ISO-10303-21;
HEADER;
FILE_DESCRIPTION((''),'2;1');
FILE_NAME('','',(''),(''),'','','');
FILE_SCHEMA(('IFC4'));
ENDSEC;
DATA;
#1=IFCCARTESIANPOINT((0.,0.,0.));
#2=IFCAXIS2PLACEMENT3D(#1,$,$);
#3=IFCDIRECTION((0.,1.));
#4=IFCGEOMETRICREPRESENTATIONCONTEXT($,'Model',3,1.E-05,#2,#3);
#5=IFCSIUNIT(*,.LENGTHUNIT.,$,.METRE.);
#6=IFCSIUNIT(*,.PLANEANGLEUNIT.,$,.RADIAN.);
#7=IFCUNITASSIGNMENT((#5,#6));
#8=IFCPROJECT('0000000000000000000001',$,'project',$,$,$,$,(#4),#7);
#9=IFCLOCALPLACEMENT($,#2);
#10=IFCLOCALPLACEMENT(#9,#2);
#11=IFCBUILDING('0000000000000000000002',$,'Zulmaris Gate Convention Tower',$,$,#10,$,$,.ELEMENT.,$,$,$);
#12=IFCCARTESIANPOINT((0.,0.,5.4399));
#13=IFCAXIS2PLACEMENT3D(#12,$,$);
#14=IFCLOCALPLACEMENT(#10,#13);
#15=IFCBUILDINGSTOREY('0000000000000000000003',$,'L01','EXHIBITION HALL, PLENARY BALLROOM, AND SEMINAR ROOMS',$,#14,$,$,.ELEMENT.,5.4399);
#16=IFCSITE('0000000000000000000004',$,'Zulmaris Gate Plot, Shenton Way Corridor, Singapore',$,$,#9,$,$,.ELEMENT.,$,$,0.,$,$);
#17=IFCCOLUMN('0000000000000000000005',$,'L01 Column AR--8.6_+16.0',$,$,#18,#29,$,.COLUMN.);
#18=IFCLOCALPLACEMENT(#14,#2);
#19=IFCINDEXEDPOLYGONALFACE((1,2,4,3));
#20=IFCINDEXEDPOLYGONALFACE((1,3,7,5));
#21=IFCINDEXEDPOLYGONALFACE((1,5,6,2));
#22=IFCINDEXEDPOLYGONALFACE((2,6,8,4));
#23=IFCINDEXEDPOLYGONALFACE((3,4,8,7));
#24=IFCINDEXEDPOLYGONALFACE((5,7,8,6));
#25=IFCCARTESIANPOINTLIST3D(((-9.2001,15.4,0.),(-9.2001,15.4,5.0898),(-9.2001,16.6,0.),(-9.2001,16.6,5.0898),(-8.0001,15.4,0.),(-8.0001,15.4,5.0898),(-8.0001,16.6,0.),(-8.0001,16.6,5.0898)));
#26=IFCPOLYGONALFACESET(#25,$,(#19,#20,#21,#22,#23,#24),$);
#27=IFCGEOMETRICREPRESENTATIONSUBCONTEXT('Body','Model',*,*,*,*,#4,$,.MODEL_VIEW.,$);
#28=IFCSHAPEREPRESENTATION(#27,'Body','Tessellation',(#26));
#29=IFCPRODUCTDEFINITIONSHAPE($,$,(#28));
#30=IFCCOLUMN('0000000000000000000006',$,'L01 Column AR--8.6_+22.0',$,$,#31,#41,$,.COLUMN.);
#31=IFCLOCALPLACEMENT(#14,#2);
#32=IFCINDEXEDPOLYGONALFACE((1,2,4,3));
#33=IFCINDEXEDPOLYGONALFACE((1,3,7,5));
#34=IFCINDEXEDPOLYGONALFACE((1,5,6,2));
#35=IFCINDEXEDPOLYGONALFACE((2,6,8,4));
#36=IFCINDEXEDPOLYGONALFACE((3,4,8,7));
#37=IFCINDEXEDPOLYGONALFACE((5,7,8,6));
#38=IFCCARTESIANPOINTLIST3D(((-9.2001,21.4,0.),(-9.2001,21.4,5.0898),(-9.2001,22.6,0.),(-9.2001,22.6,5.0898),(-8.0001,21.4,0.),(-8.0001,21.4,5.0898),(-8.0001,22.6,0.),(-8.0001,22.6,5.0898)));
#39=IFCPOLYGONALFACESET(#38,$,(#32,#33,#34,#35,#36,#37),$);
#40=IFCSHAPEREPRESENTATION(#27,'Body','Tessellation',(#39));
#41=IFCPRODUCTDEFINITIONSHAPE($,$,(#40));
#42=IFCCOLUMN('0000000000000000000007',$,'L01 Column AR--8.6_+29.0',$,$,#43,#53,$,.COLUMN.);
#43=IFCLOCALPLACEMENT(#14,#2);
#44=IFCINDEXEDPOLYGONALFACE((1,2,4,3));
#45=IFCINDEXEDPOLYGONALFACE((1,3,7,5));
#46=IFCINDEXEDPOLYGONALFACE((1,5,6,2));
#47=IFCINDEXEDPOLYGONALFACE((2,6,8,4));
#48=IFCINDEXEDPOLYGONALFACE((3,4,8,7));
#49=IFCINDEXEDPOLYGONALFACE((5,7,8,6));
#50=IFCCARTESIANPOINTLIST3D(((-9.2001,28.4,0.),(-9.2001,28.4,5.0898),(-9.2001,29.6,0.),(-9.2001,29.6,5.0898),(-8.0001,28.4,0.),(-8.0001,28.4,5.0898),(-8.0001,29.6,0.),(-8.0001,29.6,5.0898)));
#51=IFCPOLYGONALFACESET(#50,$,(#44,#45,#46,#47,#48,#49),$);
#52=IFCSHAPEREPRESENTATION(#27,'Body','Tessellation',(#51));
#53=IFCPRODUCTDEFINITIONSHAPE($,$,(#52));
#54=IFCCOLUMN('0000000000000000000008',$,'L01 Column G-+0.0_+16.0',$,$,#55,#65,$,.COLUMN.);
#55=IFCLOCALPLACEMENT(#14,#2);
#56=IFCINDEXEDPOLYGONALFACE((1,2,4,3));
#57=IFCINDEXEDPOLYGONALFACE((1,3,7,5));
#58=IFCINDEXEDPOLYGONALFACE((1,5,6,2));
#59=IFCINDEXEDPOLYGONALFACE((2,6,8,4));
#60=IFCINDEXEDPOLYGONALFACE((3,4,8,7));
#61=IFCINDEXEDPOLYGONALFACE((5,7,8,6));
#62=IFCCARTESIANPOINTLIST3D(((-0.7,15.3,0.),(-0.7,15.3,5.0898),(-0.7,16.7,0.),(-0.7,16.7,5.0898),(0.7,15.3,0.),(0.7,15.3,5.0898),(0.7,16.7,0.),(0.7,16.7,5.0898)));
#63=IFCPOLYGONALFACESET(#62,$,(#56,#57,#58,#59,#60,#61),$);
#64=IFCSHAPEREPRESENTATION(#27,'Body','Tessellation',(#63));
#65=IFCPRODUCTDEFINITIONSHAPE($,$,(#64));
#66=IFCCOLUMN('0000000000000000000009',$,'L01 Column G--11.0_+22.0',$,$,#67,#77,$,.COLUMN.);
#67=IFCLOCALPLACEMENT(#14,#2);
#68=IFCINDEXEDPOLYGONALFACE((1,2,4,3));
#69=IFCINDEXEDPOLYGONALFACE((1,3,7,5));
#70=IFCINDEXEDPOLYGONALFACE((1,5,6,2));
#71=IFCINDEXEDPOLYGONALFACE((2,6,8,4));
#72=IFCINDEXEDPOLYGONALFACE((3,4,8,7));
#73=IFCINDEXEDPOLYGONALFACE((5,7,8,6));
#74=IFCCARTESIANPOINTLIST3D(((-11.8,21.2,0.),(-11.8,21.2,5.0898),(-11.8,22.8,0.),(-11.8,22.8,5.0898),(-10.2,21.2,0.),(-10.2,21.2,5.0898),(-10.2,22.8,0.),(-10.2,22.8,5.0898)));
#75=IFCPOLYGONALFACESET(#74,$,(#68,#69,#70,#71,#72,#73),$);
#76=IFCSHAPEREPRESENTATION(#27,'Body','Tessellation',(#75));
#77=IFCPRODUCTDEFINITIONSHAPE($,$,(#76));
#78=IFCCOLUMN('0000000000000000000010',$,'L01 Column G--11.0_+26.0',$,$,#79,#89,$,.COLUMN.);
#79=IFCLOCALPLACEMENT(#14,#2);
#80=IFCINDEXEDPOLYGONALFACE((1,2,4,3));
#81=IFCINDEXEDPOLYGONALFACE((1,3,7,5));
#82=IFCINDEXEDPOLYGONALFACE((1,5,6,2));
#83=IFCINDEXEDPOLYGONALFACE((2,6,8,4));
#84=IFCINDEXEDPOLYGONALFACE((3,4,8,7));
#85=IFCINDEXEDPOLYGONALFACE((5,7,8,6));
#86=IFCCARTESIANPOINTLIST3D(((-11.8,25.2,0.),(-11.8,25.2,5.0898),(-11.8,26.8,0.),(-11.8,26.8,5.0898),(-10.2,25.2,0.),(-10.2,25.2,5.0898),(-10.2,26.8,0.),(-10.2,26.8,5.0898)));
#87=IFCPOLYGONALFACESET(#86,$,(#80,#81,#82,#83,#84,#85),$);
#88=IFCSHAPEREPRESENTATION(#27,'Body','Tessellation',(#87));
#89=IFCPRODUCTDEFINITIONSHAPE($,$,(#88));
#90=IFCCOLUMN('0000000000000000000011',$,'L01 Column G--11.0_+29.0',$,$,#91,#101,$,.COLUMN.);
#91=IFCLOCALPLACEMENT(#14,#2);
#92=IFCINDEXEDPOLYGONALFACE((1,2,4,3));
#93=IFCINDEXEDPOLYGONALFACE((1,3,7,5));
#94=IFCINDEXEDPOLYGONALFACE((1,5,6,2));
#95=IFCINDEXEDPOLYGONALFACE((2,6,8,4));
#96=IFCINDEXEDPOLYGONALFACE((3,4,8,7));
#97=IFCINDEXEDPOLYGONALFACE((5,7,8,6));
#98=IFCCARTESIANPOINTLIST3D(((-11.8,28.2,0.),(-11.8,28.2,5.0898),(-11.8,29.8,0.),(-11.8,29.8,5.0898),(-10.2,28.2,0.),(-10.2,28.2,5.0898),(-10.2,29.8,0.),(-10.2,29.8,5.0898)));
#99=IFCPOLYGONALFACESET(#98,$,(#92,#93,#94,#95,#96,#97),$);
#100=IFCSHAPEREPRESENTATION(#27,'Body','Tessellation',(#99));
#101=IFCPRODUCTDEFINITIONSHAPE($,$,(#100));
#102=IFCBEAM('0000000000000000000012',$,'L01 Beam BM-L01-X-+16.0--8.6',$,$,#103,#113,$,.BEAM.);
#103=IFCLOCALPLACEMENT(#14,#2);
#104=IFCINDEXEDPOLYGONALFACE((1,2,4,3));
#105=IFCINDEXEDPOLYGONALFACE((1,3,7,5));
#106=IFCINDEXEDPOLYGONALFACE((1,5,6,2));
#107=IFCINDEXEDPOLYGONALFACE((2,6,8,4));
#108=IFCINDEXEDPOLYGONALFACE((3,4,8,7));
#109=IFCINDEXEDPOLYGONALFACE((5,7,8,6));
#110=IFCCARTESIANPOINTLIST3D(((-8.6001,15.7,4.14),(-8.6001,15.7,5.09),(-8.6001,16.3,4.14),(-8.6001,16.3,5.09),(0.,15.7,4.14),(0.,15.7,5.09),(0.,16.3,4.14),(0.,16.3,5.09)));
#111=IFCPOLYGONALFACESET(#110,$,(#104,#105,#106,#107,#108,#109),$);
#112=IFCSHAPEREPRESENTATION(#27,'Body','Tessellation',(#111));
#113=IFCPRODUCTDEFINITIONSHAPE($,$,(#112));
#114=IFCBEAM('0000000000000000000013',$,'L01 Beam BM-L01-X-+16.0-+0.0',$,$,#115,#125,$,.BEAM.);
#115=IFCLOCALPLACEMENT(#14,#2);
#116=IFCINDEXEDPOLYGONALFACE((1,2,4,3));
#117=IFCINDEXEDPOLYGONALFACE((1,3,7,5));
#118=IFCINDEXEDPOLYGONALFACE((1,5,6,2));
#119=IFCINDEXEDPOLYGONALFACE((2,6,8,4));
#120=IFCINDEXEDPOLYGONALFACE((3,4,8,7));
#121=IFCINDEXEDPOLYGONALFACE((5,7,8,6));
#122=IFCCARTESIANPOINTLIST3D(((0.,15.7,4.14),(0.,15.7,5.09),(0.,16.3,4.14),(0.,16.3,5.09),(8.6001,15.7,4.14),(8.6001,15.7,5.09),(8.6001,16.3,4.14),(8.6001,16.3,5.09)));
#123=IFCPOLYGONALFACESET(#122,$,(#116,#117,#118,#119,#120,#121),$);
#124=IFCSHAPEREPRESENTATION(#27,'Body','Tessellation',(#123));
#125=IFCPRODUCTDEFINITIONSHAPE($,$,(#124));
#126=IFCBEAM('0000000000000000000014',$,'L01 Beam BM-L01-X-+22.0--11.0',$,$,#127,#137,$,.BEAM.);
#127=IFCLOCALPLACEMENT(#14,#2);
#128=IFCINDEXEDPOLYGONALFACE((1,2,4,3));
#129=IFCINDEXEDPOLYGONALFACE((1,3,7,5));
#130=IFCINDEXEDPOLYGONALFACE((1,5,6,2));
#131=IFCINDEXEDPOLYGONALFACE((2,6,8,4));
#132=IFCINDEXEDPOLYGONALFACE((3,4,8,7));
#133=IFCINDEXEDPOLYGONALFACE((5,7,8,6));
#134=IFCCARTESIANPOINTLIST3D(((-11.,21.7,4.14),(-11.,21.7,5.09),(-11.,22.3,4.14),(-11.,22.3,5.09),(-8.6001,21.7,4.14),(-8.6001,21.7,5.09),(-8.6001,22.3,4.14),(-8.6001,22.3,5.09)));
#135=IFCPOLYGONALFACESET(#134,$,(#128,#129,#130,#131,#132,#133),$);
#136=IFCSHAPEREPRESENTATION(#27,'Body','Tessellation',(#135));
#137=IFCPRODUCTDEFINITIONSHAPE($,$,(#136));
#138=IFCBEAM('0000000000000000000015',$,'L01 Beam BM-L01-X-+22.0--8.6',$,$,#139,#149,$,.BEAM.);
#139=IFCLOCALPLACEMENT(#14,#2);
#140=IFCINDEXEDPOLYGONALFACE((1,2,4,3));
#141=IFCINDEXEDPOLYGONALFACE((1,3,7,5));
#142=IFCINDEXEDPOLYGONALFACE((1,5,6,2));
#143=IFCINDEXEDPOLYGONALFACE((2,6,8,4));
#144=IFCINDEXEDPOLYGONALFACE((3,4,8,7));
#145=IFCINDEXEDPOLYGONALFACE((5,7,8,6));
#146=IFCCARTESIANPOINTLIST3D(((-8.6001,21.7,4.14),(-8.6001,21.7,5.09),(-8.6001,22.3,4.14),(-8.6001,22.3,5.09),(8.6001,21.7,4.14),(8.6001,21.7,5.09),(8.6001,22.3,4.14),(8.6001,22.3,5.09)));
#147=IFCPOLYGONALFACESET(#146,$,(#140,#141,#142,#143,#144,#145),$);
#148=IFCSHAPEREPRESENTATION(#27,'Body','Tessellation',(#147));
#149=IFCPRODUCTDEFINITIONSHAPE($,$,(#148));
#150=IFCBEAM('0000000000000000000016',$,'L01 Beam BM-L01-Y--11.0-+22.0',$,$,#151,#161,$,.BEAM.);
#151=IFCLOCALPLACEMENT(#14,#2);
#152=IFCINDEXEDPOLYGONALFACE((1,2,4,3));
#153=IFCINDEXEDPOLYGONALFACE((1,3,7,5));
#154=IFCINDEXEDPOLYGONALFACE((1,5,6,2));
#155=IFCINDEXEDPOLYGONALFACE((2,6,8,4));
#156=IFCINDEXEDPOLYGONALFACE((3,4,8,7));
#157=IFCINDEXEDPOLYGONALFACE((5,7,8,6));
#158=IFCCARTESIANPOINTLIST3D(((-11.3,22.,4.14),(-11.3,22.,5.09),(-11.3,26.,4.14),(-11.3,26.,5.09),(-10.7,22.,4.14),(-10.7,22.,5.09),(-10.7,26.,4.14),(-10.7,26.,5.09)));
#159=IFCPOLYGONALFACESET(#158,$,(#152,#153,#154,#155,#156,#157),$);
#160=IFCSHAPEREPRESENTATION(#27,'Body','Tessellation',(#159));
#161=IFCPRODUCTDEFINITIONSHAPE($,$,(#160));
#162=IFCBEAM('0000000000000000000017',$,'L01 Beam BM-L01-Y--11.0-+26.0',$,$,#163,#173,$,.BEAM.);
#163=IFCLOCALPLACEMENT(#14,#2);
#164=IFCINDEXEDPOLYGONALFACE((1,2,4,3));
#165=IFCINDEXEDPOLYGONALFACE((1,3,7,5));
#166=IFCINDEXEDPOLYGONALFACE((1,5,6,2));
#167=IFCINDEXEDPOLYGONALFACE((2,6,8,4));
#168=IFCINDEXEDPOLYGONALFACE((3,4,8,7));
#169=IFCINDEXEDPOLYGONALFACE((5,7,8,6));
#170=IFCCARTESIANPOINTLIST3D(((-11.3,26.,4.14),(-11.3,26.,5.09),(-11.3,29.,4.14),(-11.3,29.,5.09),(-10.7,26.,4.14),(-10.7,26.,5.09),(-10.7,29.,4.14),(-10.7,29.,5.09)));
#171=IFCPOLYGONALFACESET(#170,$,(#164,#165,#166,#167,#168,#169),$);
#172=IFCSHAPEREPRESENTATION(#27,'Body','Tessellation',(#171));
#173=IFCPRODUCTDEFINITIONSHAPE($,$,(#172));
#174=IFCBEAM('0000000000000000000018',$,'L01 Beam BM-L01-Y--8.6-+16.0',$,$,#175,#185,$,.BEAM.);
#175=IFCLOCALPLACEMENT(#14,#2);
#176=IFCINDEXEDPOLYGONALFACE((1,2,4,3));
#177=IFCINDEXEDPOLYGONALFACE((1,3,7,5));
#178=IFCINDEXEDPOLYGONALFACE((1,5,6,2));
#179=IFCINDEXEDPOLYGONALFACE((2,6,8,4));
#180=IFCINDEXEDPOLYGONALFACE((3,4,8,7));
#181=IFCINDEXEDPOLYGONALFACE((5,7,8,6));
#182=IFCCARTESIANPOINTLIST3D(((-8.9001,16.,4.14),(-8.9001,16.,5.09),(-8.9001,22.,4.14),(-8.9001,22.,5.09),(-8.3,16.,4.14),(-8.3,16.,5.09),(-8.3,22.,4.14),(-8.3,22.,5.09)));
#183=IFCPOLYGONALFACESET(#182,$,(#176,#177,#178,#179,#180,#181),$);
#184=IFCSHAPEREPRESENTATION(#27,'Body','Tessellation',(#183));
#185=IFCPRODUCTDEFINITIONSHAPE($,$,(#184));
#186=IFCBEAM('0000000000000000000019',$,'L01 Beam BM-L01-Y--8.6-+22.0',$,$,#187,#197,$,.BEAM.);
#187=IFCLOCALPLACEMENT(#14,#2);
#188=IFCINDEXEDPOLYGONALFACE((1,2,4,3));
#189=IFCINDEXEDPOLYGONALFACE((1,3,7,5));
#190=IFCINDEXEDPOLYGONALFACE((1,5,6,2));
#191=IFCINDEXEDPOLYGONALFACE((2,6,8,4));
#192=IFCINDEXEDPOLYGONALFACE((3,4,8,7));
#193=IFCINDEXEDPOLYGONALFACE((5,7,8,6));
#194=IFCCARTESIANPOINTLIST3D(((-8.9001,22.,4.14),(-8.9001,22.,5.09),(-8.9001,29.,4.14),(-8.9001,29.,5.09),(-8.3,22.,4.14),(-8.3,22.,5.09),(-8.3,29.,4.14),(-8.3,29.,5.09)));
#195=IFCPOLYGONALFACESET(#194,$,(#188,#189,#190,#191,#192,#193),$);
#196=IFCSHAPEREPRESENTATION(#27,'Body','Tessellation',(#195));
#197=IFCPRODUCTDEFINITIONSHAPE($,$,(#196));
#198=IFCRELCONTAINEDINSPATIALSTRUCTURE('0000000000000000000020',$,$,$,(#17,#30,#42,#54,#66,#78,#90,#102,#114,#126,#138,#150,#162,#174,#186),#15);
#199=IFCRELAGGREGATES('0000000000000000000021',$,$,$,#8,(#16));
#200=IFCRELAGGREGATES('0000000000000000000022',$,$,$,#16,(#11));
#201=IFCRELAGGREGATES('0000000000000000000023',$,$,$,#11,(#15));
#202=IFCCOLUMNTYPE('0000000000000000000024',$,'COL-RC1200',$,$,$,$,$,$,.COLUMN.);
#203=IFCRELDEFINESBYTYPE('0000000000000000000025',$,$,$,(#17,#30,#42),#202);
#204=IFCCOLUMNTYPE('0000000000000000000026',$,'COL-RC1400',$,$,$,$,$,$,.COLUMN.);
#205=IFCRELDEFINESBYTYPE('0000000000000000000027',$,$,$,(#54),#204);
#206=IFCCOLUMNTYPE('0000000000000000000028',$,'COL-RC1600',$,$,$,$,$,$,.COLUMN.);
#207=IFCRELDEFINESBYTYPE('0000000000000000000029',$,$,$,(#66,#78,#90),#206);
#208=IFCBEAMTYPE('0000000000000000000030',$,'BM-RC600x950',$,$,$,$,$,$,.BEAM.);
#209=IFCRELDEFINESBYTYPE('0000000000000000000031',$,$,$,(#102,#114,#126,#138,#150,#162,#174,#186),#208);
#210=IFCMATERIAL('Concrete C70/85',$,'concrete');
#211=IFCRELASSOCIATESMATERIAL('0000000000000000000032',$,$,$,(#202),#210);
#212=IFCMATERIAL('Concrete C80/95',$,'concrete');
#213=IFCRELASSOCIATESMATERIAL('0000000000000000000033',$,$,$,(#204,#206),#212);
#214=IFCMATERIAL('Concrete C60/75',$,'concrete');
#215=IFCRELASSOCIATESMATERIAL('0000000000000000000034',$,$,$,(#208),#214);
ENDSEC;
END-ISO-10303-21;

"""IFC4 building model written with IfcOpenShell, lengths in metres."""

from ifc_helpers import new_model, si_unit, direction, frame, origin, origin_2d, place, context, subcontext, project, spatial, rectangle, extrude, material, material_profile, profile_set, type_object, element, save


model = new_model("IFC4")

# Units and contexts
model_context = context("Model", 3, precision=1e-05, world=origin(), true_north=direction((0.0, 1.0)))
body_context = subcontext(model_context, "Body", "Model", "MODEL_VIEW")
ifc_project = project(units=[si_unit("LENGTHUNIT", "METRE"), si_unit("PLANEANGLEUNIT", "RADIAN")], contexts=[model_context])

# Site, building, storey
site_placement = place(None, origin())
site = spatial("IfcSite", under=ifc_project, at=site_placement, Name="Zulmaris Gate Plot, Shenton Way Corridor, Singapore", CompositionType="ELEMENT", RefElevation=0.0)
building_placement = place(site_placement, origin())
building = spatial("IfcBuilding", under=site, at=building_placement, Name="Zulmaris Gate Convention Tower", CompositionType="ELEMENT")
storey_placement = place(building_placement, frame((0.0, 0.0, 5.4399)))
storey = spatial("IfcBuildingStorey", under=building, at=storey_placement, Name="L01", Description="EXHIBITION HALL, PLENARY BALLROOM, AND SEMINAR ROOMS", CompositionType="ELEMENT", Elevation=5.4399)

# Columns
ifc_material_1 = material(Name="Concrete C70/85", Category="concrete")
ifc_material_profile_1 = material_profile(ifc_material_1, rectangle(XDim=1.2, YDim=1.2, at=origin_2d()), Name="RC COL 1200x1200")
ifc_profile_set_1 = profile_set([ifc_material_profile_1], Name="Concrete C70/85")
column_type_1 = type_object("IfcColumnType", Name="COL-RC1200", PredefinedType="COLUMN", material=ifc_profile_set_1)
for number, where, z_axis, x_axis, name in (
    (1, (-8.6001, 16.0, 0.0), (0.0, 0.0, 1.0), (1.0, 0.0, 0.0), "L01 Column AR--8.6_+16.0"),
    (2, (-8.6001, 22.0, 0.0), (0.0, 0.0, 1.0), (1.0, 0.0, 0.0), "L01 Column AR--8.6_+22.0"),
    (3, (-8.6001, 29.0, 0.0), (0.0, 0.0, 1.0), (1.0, 0.0, 0.0), "L01 Column AR--8.6_+29.0"),
):
    element("IfcColumn", number, at=place(storey_placement, frame(where, z_axis=z_axis, x_axis=x_axis)), inside=storey, type_object=column_type_1, Name=name, PredefinedType="COLUMN", context=body_context, shape_type="SweptSolid", body=[
        extrude(rectangle(XDim=1.2, YDim=1.2, at=origin_2d()), origin(), (0.0, 0.0, 1.0), 5.0898),
    ])
ifc_material_2 = material(Name="Concrete C80/95", Category="concrete")
ifc_material_profile_2 = material_profile(ifc_material_2, rectangle(XDim=1.3999, YDim=1.3999, at=origin_2d()), Name="RC COL 1400x1400")
ifc_profile_set_2 = profile_set([ifc_material_profile_2], Name="Concrete C80/95")
column_type_2 = type_object("IfcColumnType", Name="COL-RC1400", PredefinedType="COLUMN", material=ifc_profile_set_2)
column_placement = place(storey_placement, frame((0.0, 16.0, 0.0), z_axis=(0.0, 0.0, 1.0), x_axis=(1.0, 0.0, 0.0)))
element("IfcColumn", 4, at=column_placement, inside=storey, type_object=column_type_2, Name="L01 Column G-+0.0_+16.0", PredefinedType="COLUMN", context=body_context, shape_type="SweptSolid", body=[
    extrude(rectangle(XDim=1.3999, YDim=1.3999, at=origin_2d()), origin(), (0.0, 0.0, 1.0), 5.0898),
])
ifc_material_profile_3 = material_profile(ifc_material_2, rectangle(XDim=1.6001, YDim=1.6001, at=origin_2d()), Name="RC COL 1600x1600")
ifc_profile_set_3 = profile_set([ifc_material_profile_3], Name="Concrete C80/95")
column_type_3 = type_object("IfcColumnType", Name="COL-RC1600", PredefinedType="COLUMN", material=ifc_profile_set_3)
for number, where, z_axis, x_axis, name in (
    (5, (-11.0, 22.0, 0.0), (0.0, 0.0, 1.0), (1.0, 0.0, 0.0), "L01 Column G--11.0_+22.0"),
    (6, (-11.0, 26.0, 0.0), (0.0, 0.0, 1.0), (1.0, 0.0, 0.0), "L01 Column G--11.0_+26.0"),
    (7, (-11.0, 29.0, 0.0), (0.0, 0.0, 1.0), (1.0, 0.0, 0.0), "L01 Column G--11.0_+29.0"),
):
    element("IfcColumn", number, at=place(storey_placement, frame(where, z_axis=z_axis, x_axis=x_axis)), inside=storey, type_object=column_type_3, Name=name, PredefinedType="COLUMN", context=body_context, shape_type="SweptSolid", body=[
        extrude(rectangle(XDim=1.6001, YDim=1.6001, at=origin_2d()), origin(), (0.0, 0.0, 1.0), 5.0898),
    ])

# Beams
ifc_material_3 = material(Name="Concrete C60/75", Category="concrete")
ifc_material_profile_4 = material_profile(ifc_material_3, rectangle(XDim=0.6001, YDim=0.95, at=origin_2d()), Name="RC BEAM 600x950")
ifc_profile_set_4 = profile_set([ifc_material_profile_4], Name="Concrete C60/75")
beam_type_1 = type_object("IfcBeamType", Name="BM-RC600x950", PredefinedType="BEAM", material=ifc_profile_set_4)
for number, where, z_axis, x_axis, name in (
    (8, (-8.6001, 16.0, 4.615), (1.0, 0.0, 0.0), (0.0, 1.0, 0.0), "L01 Beam BM-L01-X-+16.0--8.6"),
    (9, (0.0, 16.0, 4.615), (1.0, 0.0, 0.0), (0.0, 1.0, 0.0), "L01 Beam BM-L01-X-+16.0-+0.0"),
):
    element("IfcBeam", number, at=place(storey_placement, frame(where, z_axis=z_axis, x_axis=x_axis)), inside=storey, type_object=beam_type_1, Name=name, PredefinedType="BEAM", context=body_context, shape_type="SweptSolid", body=[
        extrude(rectangle(XDim=0.6001, YDim=0.95, at=origin_2d()), origin(), (0.0, 0.0, 1.0), 8.6001),
    ])
beam_1_placement = place(storey_placement, frame((-11.0, 22.0, 4.615), z_axis=(1.0, 0.0, 0.0), x_axis=(0.0, 1.0, 0.0)))
element("IfcBeam", 10, at=beam_1_placement, inside=storey, type_object=beam_type_1, Name="L01 Beam BM-L01-X-+22.0--11.0", PredefinedType="BEAM", context=body_context, shape_type="SweptSolid", body=[
    extrude(rectangle(XDim=0.6001, YDim=0.95, at=origin_2d()), origin(), (0.0, 0.0, 1.0), 2.3999),
])
beam_2_placement = place(storey_placement, frame((-8.6001, 22.0, 4.615), z_axis=(1.0, 0.0, 0.0), x_axis=(0.0, 1.0, 0.0)))
element("IfcBeam", 11, at=beam_2_placement, inside=storey, type_object=beam_type_1, Name="L01 Beam BM-L01-X-+22.0--8.6", PredefinedType="BEAM", context=body_context, shape_type="SweptSolid", body=[
    extrude(rectangle(XDim=0.6001, YDim=0.95, at=origin_2d()), origin(), (0.0, 0.0, 1.0), 17.2002),
])
beam_3_placement = place(storey_placement, frame((-11.0, 22.0, 4.615), z_axis=(0.0, 1.0, 0.0), x_axis=(-1.0, 0.0, 0.0)))
element("IfcBeam", 12, at=beam_3_placement, inside=storey, type_object=beam_type_1, Name="L01 Beam BM-L01-Y--11.0-+22.0", PredefinedType="BEAM", context=body_context, shape_type="SweptSolid", body=[
    extrude(rectangle(XDim=0.6001, YDim=0.95, at=origin_2d()), origin(), (0.0, 0.0, 1.0), 4.0),
])
beam_4_placement = place(storey_placement, frame((-11.0, 26.0, 4.615), z_axis=(0.0, 1.0, 0.0), x_axis=(-1.0, 0.0, 0.0)))
element("IfcBeam", 13, at=beam_4_placement, inside=storey, type_object=beam_type_1, Name="L01 Beam BM-L01-Y--11.0-+26.0", PredefinedType="BEAM", context=body_context, shape_type="SweptSolid", body=[
    extrude(rectangle(XDim=0.6001, YDim=0.95, at=origin_2d()), origin(), (0.0, 0.0, 1.0), 3.0),
])
beam_5_placement = place(storey_placement, frame((-8.6001, 16.0, 4.615), z_axis=(0.0, 1.0, 0.0), x_axis=(-1.0, 0.0, 0.0)))
element("IfcBeam", 14, at=beam_5_placement, inside=storey, type_object=beam_type_1, Name="L01 Beam BM-L01-Y--8.6-+16.0", PredefinedType="BEAM", context=body_context, shape_type="SweptSolid", body=[
    extrude(rectangle(XDim=0.6001, YDim=0.95, at=origin_2d()), origin(), (0.0, 0.0, 1.0), 6.0),
])
beam_6_placement = place(storey_placement, frame((-8.6001, 22.0, 4.615), z_axis=(0.0, 1.0, 0.0), x_axis=(-1.0, 0.0, 0.0)))
element("IfcBeam", 15, at=beam_6_placement, inside=storey, type_object=beam_type_1, Name="L01 Beam BM-L01-Y--8.6-+22.0", PredefinedType="BEAM", context=body_context, shape_type="SweptSolid", body=[
    extrude(rectangle(XDim=0.6001, YDim=0.95, at=origin_2d()), origin(), (0.0, 0.0, 1.0), 7.0),
])

save(model, "model.ifc")
